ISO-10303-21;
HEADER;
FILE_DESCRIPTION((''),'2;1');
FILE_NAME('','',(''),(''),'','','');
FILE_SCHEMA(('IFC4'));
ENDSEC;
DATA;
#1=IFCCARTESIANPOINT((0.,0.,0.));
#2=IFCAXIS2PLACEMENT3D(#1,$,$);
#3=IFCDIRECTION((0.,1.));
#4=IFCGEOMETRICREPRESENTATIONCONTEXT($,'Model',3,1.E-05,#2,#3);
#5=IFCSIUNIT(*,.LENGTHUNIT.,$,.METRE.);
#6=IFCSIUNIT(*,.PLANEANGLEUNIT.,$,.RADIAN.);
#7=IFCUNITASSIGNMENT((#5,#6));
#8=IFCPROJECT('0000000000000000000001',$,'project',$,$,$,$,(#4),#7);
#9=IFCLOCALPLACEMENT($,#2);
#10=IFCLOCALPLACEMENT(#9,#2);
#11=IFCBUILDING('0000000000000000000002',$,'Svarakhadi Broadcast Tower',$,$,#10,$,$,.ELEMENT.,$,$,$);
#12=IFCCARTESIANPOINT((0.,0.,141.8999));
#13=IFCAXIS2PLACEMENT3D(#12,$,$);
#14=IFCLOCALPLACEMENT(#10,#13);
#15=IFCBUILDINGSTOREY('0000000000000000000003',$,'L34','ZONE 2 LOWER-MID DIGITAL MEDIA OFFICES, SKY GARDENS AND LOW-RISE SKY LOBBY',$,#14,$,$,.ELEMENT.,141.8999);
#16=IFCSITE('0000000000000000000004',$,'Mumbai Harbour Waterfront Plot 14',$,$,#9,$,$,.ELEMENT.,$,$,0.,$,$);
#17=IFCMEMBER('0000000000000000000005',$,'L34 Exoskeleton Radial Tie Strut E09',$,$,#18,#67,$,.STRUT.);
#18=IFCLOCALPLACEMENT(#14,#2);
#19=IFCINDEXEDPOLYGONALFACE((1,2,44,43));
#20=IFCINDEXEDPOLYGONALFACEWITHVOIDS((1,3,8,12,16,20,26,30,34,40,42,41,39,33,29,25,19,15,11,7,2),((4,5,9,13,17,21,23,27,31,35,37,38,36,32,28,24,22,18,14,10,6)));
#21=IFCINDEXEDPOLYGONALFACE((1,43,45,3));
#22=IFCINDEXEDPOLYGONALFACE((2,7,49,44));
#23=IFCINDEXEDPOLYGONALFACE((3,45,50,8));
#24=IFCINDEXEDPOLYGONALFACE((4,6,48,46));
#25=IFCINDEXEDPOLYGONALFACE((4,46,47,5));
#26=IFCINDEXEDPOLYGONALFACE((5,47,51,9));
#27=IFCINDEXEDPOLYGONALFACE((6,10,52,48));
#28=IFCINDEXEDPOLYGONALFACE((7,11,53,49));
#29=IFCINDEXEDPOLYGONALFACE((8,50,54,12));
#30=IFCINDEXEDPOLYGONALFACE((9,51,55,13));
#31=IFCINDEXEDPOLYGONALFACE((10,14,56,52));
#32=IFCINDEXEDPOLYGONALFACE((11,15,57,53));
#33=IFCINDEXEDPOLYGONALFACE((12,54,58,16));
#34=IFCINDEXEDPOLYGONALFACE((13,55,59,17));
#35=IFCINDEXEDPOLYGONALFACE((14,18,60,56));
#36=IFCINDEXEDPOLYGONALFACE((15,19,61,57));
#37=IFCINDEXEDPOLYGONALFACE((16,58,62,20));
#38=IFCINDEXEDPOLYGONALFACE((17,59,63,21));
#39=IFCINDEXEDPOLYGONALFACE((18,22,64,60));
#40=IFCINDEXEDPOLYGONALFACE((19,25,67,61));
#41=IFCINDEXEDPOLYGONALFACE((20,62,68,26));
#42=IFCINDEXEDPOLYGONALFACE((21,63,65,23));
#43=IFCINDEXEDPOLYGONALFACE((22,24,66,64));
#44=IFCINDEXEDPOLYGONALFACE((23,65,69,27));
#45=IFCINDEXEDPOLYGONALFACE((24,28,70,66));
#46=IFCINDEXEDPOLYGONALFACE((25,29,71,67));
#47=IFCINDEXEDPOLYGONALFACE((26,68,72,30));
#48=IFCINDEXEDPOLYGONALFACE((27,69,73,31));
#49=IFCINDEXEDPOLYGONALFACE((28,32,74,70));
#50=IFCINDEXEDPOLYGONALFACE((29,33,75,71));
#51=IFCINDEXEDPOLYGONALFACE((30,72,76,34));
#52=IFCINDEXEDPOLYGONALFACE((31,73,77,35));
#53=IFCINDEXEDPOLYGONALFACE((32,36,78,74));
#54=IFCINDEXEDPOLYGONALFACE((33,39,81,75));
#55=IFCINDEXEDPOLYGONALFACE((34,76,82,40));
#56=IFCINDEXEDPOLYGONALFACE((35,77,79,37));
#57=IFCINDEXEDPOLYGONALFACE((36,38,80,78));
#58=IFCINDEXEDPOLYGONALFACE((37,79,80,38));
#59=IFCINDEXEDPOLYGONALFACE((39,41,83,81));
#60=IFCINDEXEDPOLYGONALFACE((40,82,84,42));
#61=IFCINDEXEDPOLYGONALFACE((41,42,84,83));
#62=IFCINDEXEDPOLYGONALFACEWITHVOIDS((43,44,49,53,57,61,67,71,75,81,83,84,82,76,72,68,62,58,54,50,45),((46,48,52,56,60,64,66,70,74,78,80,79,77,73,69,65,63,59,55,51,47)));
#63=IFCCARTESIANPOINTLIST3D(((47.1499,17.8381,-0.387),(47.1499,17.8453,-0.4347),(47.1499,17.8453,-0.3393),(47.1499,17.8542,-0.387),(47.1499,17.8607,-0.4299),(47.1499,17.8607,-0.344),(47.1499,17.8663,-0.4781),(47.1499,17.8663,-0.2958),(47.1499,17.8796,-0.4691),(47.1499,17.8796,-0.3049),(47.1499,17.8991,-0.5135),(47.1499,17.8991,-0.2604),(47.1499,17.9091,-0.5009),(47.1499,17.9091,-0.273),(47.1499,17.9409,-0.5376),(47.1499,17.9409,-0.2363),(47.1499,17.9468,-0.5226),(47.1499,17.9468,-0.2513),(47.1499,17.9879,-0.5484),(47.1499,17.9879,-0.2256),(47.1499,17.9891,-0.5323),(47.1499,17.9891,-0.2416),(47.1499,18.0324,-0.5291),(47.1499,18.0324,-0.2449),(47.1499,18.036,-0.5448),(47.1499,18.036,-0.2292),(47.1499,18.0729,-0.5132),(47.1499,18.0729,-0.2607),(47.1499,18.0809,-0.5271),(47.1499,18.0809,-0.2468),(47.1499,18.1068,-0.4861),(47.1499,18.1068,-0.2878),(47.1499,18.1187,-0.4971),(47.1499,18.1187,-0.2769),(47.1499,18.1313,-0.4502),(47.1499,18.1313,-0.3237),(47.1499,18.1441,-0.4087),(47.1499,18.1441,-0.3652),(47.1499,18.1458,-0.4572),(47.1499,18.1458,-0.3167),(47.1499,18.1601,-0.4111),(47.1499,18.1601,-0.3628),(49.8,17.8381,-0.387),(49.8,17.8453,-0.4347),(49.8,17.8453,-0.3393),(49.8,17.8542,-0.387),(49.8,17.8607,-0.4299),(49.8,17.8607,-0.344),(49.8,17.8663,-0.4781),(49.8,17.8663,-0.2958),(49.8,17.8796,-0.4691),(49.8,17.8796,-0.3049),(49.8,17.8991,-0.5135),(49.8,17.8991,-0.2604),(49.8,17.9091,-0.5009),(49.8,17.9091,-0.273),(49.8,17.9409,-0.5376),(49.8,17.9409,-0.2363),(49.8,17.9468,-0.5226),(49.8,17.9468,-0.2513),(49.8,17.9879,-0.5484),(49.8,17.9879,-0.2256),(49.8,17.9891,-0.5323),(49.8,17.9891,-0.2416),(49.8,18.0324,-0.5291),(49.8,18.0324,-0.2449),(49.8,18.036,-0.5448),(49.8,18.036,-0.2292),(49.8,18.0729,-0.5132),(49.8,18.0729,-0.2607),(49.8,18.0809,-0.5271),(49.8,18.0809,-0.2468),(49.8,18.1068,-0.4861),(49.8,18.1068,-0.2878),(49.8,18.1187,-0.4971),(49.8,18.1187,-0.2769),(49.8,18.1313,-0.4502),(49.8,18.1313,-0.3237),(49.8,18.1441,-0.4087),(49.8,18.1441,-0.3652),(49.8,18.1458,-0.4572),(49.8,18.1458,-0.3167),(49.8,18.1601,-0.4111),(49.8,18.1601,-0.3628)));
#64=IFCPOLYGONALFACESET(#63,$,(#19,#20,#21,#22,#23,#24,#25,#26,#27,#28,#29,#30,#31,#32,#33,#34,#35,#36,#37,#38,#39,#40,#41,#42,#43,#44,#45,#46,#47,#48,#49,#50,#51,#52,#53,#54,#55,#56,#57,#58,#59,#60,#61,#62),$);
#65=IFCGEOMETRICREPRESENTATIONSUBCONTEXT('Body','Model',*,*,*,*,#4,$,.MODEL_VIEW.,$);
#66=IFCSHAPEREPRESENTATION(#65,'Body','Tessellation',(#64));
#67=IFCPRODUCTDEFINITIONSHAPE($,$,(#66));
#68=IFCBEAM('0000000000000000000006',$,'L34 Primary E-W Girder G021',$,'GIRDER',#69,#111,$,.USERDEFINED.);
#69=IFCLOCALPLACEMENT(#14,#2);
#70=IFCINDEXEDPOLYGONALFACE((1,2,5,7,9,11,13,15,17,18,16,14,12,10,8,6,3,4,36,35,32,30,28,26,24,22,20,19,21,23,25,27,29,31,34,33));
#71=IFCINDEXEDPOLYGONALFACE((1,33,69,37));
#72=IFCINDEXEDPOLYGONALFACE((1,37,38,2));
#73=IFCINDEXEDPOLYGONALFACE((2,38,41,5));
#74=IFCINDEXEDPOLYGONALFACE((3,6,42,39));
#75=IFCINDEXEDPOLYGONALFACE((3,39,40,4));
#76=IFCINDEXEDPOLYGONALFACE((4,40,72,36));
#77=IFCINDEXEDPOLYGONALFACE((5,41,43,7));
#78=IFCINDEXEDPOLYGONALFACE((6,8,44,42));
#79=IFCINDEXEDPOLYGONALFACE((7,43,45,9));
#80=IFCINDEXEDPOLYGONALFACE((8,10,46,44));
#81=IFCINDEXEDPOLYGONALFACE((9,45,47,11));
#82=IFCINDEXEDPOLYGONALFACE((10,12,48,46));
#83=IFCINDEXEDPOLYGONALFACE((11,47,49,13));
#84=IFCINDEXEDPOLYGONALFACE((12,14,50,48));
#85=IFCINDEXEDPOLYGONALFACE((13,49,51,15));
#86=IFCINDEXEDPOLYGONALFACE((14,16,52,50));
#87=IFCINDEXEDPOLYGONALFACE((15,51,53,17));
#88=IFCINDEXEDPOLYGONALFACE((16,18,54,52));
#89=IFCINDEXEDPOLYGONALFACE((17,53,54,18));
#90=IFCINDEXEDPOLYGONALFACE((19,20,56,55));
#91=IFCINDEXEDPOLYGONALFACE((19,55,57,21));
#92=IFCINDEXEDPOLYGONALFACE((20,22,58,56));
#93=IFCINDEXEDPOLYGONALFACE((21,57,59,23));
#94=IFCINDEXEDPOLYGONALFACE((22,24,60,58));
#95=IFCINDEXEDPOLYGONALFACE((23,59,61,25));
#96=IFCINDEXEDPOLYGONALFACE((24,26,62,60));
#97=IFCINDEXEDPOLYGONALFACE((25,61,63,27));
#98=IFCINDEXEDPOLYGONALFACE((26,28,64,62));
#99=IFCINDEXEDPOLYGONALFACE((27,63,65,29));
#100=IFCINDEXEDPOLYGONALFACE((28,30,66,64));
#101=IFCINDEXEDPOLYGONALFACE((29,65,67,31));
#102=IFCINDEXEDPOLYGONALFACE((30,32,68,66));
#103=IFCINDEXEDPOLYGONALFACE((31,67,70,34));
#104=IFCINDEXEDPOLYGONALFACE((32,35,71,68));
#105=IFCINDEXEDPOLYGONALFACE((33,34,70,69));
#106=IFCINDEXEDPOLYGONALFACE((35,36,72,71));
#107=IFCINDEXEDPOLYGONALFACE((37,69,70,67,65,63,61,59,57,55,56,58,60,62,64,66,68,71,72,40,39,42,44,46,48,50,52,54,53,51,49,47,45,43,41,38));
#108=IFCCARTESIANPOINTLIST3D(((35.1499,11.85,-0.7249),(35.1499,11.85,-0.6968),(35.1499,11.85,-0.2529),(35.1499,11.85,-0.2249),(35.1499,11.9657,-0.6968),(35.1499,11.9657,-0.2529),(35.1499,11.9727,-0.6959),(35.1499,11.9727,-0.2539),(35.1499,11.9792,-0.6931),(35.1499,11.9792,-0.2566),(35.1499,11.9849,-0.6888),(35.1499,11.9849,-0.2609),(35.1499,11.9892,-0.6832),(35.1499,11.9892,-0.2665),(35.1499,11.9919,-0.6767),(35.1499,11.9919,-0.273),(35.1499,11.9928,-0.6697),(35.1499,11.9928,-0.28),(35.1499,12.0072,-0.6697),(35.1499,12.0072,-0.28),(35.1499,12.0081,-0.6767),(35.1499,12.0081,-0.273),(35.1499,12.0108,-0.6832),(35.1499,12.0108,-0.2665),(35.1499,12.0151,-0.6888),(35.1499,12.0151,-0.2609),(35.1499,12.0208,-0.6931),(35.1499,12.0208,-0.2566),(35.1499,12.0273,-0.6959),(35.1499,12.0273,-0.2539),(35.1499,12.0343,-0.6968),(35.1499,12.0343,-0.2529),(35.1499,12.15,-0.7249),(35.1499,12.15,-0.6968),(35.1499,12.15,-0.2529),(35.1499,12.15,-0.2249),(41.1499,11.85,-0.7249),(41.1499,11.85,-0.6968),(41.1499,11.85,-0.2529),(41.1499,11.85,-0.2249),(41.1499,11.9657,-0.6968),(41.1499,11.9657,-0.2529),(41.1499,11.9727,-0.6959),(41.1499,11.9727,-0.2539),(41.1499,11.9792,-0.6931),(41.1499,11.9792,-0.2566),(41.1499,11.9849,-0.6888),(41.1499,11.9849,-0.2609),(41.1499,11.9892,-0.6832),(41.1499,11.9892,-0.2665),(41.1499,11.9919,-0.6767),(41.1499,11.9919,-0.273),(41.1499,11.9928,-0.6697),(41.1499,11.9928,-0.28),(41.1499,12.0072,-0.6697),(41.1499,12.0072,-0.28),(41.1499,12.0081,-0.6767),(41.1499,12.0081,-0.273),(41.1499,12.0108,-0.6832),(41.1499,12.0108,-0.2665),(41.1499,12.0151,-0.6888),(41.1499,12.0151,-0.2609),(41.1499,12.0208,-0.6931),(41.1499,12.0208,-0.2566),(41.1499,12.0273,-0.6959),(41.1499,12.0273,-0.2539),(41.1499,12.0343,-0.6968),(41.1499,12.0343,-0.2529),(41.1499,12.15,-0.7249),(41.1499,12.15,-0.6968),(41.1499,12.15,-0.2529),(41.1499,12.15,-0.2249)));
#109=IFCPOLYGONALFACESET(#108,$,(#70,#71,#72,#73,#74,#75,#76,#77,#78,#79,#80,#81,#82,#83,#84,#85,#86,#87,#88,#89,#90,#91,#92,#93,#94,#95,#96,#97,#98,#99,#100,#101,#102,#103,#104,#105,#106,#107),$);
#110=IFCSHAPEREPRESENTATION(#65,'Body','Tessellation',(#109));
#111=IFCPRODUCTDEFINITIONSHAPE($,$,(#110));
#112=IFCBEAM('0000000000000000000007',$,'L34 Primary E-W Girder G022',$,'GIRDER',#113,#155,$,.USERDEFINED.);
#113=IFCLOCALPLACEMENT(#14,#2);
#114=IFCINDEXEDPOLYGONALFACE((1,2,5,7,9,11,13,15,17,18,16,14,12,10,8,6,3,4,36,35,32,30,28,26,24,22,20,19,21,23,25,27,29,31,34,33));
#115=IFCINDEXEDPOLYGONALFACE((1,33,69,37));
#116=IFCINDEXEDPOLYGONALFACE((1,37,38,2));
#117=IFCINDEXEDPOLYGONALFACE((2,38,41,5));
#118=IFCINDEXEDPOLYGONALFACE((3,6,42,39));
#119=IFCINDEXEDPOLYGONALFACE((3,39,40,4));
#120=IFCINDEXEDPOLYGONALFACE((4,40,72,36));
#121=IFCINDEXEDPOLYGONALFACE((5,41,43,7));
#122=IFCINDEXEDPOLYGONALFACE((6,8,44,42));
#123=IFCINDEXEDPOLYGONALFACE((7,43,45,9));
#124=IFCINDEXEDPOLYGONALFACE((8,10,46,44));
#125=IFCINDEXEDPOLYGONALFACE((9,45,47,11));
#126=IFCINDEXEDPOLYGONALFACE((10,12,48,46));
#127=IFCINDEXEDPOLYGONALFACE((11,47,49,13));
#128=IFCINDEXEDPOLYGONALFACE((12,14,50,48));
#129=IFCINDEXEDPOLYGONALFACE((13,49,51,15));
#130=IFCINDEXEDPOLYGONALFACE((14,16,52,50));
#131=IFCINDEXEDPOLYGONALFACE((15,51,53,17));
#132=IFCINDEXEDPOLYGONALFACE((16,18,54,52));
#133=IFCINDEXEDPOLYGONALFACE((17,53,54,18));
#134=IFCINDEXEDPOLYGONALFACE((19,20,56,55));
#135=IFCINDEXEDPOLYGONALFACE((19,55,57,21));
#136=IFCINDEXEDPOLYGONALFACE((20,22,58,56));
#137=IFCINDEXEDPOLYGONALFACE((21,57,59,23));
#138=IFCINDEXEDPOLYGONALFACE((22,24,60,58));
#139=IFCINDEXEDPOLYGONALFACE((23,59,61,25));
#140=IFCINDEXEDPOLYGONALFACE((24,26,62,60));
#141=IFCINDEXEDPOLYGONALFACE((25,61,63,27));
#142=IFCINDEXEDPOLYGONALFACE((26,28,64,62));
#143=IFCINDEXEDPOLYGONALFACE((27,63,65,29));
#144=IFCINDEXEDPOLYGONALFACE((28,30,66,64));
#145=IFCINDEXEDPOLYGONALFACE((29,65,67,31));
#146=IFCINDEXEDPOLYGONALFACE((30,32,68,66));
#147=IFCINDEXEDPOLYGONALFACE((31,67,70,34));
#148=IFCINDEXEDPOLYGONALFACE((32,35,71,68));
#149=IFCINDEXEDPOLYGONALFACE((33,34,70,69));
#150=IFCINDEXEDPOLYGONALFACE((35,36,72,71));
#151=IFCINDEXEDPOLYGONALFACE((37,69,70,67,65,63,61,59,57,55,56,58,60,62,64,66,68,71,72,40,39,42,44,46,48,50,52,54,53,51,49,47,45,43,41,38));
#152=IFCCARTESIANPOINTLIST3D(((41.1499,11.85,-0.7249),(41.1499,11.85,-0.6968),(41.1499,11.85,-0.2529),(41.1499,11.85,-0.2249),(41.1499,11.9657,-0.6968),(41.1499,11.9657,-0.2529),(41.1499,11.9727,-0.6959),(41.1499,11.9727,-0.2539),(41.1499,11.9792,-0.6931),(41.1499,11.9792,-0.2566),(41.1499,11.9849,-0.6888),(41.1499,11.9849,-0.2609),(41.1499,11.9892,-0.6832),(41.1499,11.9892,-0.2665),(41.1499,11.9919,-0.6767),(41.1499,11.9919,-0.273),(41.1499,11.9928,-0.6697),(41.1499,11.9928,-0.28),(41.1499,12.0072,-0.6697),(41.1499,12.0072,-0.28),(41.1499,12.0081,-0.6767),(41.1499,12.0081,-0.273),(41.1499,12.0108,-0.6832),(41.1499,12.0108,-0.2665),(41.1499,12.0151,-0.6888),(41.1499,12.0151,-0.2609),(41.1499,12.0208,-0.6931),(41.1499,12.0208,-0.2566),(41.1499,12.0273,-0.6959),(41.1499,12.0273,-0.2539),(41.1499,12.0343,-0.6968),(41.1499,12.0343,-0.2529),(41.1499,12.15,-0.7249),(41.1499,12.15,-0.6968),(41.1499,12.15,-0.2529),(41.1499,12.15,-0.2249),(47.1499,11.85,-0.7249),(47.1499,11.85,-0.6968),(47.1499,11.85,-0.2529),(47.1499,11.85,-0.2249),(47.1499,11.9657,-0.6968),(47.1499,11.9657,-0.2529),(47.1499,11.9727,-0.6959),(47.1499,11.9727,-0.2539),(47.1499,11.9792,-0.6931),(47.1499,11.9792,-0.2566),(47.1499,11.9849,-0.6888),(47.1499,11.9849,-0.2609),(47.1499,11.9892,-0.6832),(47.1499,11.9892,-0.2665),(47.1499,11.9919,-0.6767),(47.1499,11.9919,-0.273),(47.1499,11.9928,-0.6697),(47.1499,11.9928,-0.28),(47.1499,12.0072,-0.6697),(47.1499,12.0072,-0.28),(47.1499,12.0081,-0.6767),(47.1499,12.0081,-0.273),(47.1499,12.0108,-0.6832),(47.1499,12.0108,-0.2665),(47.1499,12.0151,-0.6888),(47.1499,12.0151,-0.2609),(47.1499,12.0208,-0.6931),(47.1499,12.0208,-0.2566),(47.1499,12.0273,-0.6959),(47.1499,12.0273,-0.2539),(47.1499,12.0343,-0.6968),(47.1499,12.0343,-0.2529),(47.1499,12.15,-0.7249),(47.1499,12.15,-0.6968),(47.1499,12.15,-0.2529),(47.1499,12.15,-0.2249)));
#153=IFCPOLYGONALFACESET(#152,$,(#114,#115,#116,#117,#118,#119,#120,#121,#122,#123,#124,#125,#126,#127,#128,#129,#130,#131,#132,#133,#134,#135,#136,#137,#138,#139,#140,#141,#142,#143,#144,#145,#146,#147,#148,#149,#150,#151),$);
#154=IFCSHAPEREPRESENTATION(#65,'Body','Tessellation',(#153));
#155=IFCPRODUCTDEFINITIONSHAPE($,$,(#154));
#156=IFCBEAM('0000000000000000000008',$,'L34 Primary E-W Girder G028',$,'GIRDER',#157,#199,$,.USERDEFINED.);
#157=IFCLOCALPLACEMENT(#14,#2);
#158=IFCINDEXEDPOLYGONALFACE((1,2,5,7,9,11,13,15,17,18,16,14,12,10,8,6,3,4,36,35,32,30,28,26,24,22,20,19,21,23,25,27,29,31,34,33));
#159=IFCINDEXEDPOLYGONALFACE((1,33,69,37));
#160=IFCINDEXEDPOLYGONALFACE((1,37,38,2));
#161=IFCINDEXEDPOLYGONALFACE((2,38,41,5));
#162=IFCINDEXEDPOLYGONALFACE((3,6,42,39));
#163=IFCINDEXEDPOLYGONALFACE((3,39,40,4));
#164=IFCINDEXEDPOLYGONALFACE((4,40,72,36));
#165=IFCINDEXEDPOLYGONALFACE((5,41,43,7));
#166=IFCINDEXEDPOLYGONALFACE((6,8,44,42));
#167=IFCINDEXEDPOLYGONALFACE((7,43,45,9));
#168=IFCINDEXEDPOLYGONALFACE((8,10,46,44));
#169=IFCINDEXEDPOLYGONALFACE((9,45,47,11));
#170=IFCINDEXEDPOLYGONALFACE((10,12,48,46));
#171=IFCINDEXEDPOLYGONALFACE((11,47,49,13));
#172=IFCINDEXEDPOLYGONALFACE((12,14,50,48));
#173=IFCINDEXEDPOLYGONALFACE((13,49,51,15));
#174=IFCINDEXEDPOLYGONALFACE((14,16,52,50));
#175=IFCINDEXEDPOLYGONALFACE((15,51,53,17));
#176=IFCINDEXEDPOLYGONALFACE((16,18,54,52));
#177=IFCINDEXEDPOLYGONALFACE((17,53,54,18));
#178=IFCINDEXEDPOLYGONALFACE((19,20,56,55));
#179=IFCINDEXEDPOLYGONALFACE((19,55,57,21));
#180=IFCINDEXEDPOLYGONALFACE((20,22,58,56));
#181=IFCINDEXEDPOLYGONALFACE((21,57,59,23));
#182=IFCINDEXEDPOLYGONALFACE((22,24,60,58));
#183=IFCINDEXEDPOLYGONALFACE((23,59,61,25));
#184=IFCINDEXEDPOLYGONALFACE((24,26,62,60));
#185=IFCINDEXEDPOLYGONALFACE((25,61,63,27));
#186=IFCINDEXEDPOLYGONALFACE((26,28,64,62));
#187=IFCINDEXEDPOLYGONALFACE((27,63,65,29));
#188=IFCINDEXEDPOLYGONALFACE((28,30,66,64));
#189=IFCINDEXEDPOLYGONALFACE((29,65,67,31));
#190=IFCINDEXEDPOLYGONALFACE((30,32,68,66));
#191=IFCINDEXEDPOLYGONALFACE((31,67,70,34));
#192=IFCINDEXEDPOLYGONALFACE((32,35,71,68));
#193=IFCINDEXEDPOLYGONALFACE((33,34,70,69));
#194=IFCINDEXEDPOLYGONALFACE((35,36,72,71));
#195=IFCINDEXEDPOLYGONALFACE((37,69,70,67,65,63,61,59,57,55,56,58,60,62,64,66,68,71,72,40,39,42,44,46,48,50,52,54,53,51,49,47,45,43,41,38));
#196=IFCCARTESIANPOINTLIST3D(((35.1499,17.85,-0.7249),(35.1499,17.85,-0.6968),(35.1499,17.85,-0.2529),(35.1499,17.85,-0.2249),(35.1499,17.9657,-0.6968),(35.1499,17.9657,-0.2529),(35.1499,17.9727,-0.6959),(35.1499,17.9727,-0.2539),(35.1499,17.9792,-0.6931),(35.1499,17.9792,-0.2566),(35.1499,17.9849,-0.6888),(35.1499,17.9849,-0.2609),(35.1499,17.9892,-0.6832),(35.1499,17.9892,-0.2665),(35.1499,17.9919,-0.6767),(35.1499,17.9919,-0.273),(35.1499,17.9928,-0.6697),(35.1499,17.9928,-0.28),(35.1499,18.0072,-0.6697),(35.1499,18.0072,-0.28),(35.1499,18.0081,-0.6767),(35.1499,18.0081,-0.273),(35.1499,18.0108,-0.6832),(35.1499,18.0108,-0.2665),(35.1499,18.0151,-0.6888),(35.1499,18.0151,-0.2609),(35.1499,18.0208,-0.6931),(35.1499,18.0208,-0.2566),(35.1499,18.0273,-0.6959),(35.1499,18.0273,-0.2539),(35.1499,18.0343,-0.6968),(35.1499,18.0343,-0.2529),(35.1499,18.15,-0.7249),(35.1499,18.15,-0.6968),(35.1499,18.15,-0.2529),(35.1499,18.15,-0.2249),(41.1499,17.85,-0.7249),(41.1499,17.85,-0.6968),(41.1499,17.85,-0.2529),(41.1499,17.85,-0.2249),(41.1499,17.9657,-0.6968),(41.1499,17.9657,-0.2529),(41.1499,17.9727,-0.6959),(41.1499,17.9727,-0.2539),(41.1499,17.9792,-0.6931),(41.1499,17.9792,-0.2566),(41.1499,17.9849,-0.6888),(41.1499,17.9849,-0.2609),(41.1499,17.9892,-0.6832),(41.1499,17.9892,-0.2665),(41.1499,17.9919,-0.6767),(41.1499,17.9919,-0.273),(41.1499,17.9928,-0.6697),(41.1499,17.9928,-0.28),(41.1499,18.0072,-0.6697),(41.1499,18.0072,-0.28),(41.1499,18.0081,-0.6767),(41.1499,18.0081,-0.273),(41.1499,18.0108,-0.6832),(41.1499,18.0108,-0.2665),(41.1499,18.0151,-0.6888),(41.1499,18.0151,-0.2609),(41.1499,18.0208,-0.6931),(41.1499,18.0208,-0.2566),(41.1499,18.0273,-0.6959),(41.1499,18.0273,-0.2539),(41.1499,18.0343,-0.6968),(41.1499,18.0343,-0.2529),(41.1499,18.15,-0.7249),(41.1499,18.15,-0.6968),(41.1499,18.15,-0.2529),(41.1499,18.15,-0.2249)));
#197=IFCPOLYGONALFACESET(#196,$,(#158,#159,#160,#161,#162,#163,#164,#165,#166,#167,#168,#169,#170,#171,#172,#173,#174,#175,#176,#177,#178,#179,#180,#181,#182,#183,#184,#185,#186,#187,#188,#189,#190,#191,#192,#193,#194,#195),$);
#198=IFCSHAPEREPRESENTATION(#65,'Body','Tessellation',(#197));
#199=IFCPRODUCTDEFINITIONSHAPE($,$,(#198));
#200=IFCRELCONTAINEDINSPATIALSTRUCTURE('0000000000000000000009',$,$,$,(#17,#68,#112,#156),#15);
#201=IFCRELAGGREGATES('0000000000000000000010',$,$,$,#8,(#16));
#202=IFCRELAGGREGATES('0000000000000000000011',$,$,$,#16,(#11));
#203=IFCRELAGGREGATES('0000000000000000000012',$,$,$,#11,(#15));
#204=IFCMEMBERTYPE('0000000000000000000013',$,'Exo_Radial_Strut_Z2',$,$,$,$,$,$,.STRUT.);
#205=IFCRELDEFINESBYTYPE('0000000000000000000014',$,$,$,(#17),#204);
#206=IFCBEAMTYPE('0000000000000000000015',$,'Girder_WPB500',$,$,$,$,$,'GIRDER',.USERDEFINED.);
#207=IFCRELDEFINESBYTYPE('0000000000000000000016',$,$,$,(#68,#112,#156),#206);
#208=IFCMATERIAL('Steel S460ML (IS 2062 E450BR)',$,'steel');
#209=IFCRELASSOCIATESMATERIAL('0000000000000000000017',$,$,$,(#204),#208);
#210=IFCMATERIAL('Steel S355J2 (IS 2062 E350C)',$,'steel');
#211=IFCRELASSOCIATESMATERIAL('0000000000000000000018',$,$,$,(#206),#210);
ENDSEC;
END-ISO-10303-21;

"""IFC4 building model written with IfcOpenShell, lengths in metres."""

from ifc_helpers import new_model, si_unit, direction, frame, origin, origin_2d, place, context, subcontext, project, spatial, hollow_circle, i_section, extrude, material, material_profile, profile_set, type_object, element, save


model = new_model("IFC4")

# Units and contexts
model_context = context("Model", 3, precision=1e-05, world=origin(), true_north=direction((0.0, 1.0)))
body_context = subcontext(model_context, "Body", "Model", "MODEL_VIEW")
ifc_project = project(units=[si_unit("LENGTHUNIT", "METRE"), si_unit("PLANEANGLEUNIT", "RADIAN")], contexts=[model_context])

# Site, building, storey
site_placement = place(None, origin())
site = spatial("IfcSite", under=ifc_project, at=site_placement, Name="Mumbai Harbour Waterfront Plot 14", CompositionType="ELEMENT", RefElevation=0.0)
building_placement = place(site_placement, origin())
building = spatial("IfcBuilding", under=site, at=building_placement, Name="Svarakhadi Broadcast Tower", CompositionType="ELEMENT")
storey_placement = place(building_placement, frame((0.0, 0.0, 141.8999)))
storey = spatial("IfcBuildingStorey", under=building, at=storey_placement, Name="L34", Description="ZONE 2 LOWER-MID DIGITAL MEDIA OFFICES, SKY GARDENS AND LOW-RISE SKY LOBBY", CompositionType="ELEMENT", Elevation=141.8999)

# Shared definitions
ifc_material_1 = material(Name="Steel S460ML (IS 2062 E450BR)", Category="steel")

# Shared definitions
ifc_material_2 = material(Name="Steel S355J2 (IS 2062 E350C)", Category="steel")

# Member
ifc_material_profile_1 = material_profile(ifc_material_1, hollow_circle(Radius=0.1619, WallThickness=0.0161, at=origin_2d()), Name="CHS 323.9x16")
ifc_profile_set_1 = profile_set([ifc_material_profile_1], Name="Steel S460ML (IS 2062 E450BR)")
member_type_1 = type_object("IfcMemberType", Name="Exo_Radial_Strut_Z2", PredefinedType="STRUT", material=ifc_profile_set_1)
member_1_placement = place(storey_placement, frame((49.8, 18.0, -0.387), z_axis=(-1.0, 0.0, 0.0), x_axis=(0.0, -1.0, 0.0)))
element("IfcMember", 1, at=member_1_placement, inside=storey, type_object=member_type_1, Name="L34 Exoskeleton Radial Tie Strut E09", PredefinedType="STRUT", context=body_context, shape_type="SweptSolid", body=[
    extrude(hollow_circle(Radius=0.1619, WallThickness=0.0161, at=origin_2d()), origin(), (0.0, 0.0, 1.0), 2.6501),
])

# Beams
ifc_material_profile_2 = material_profile(ifc_material_2, i_section(OverallWidth=0.3, OverallDepth=0.5, WebThickness=0.0144, FlangeThickness=0.0281, FilletRadius=0.0271, at=origin_2d()), Name="WPB 500x300x187")
ifc_profile_set_2 = profile_set([ifc_material_profile_2], Name="Steel S355J2 (IS 2062 E350C)")
beam_type_1 = type_object("IfcBeamType", Name="Girder_WPB500", ElementType="GIRDER", PredefinedType="USERDEFINED", material=ifc_profile_set_2)
for number, where, z_axis, x_axis, name in (
    (2, (35.1499, 12.0, -0.4749), (1.0, 0.0, 0.0), (0.0, 1.0, 0.0), "L34 Primary E-W Girder G021"),
    (3, (41.1499, 12.0, -0.4749), (1.0, 0.0, 0.0), (0.0, 1.0, 0.0), "L34 Primary E-W Girder G022"),
    (4, (35.1499, 18.0, -0.4749), (1.0, 0.0, 0.0), (0.0, 1.0, 0.0), "L34 Primary E-W Girder G028"),
):
    element("IfcBeam", number, at=place(storey_placement, frame(where, z_axis=z_axis, x_axis=x_axis)), inside=storey, type_object=beam_type_1, Name=name, ObjectType="GIRDER", PredefinedType="USERDEFINED", context=body_context, shape_type="SweptSolid", body=[
        extrude(i_section(OverallWidth=0.3, OverallDepth=0.5, WebThickness=0.0144, FlangeThickness=0.0281, FilletRadius=0.0271, at=origin_2d()), origin(), (0.0, 0.0, 1.0), 6.0),
    ])

save(model, "model.ifc")
